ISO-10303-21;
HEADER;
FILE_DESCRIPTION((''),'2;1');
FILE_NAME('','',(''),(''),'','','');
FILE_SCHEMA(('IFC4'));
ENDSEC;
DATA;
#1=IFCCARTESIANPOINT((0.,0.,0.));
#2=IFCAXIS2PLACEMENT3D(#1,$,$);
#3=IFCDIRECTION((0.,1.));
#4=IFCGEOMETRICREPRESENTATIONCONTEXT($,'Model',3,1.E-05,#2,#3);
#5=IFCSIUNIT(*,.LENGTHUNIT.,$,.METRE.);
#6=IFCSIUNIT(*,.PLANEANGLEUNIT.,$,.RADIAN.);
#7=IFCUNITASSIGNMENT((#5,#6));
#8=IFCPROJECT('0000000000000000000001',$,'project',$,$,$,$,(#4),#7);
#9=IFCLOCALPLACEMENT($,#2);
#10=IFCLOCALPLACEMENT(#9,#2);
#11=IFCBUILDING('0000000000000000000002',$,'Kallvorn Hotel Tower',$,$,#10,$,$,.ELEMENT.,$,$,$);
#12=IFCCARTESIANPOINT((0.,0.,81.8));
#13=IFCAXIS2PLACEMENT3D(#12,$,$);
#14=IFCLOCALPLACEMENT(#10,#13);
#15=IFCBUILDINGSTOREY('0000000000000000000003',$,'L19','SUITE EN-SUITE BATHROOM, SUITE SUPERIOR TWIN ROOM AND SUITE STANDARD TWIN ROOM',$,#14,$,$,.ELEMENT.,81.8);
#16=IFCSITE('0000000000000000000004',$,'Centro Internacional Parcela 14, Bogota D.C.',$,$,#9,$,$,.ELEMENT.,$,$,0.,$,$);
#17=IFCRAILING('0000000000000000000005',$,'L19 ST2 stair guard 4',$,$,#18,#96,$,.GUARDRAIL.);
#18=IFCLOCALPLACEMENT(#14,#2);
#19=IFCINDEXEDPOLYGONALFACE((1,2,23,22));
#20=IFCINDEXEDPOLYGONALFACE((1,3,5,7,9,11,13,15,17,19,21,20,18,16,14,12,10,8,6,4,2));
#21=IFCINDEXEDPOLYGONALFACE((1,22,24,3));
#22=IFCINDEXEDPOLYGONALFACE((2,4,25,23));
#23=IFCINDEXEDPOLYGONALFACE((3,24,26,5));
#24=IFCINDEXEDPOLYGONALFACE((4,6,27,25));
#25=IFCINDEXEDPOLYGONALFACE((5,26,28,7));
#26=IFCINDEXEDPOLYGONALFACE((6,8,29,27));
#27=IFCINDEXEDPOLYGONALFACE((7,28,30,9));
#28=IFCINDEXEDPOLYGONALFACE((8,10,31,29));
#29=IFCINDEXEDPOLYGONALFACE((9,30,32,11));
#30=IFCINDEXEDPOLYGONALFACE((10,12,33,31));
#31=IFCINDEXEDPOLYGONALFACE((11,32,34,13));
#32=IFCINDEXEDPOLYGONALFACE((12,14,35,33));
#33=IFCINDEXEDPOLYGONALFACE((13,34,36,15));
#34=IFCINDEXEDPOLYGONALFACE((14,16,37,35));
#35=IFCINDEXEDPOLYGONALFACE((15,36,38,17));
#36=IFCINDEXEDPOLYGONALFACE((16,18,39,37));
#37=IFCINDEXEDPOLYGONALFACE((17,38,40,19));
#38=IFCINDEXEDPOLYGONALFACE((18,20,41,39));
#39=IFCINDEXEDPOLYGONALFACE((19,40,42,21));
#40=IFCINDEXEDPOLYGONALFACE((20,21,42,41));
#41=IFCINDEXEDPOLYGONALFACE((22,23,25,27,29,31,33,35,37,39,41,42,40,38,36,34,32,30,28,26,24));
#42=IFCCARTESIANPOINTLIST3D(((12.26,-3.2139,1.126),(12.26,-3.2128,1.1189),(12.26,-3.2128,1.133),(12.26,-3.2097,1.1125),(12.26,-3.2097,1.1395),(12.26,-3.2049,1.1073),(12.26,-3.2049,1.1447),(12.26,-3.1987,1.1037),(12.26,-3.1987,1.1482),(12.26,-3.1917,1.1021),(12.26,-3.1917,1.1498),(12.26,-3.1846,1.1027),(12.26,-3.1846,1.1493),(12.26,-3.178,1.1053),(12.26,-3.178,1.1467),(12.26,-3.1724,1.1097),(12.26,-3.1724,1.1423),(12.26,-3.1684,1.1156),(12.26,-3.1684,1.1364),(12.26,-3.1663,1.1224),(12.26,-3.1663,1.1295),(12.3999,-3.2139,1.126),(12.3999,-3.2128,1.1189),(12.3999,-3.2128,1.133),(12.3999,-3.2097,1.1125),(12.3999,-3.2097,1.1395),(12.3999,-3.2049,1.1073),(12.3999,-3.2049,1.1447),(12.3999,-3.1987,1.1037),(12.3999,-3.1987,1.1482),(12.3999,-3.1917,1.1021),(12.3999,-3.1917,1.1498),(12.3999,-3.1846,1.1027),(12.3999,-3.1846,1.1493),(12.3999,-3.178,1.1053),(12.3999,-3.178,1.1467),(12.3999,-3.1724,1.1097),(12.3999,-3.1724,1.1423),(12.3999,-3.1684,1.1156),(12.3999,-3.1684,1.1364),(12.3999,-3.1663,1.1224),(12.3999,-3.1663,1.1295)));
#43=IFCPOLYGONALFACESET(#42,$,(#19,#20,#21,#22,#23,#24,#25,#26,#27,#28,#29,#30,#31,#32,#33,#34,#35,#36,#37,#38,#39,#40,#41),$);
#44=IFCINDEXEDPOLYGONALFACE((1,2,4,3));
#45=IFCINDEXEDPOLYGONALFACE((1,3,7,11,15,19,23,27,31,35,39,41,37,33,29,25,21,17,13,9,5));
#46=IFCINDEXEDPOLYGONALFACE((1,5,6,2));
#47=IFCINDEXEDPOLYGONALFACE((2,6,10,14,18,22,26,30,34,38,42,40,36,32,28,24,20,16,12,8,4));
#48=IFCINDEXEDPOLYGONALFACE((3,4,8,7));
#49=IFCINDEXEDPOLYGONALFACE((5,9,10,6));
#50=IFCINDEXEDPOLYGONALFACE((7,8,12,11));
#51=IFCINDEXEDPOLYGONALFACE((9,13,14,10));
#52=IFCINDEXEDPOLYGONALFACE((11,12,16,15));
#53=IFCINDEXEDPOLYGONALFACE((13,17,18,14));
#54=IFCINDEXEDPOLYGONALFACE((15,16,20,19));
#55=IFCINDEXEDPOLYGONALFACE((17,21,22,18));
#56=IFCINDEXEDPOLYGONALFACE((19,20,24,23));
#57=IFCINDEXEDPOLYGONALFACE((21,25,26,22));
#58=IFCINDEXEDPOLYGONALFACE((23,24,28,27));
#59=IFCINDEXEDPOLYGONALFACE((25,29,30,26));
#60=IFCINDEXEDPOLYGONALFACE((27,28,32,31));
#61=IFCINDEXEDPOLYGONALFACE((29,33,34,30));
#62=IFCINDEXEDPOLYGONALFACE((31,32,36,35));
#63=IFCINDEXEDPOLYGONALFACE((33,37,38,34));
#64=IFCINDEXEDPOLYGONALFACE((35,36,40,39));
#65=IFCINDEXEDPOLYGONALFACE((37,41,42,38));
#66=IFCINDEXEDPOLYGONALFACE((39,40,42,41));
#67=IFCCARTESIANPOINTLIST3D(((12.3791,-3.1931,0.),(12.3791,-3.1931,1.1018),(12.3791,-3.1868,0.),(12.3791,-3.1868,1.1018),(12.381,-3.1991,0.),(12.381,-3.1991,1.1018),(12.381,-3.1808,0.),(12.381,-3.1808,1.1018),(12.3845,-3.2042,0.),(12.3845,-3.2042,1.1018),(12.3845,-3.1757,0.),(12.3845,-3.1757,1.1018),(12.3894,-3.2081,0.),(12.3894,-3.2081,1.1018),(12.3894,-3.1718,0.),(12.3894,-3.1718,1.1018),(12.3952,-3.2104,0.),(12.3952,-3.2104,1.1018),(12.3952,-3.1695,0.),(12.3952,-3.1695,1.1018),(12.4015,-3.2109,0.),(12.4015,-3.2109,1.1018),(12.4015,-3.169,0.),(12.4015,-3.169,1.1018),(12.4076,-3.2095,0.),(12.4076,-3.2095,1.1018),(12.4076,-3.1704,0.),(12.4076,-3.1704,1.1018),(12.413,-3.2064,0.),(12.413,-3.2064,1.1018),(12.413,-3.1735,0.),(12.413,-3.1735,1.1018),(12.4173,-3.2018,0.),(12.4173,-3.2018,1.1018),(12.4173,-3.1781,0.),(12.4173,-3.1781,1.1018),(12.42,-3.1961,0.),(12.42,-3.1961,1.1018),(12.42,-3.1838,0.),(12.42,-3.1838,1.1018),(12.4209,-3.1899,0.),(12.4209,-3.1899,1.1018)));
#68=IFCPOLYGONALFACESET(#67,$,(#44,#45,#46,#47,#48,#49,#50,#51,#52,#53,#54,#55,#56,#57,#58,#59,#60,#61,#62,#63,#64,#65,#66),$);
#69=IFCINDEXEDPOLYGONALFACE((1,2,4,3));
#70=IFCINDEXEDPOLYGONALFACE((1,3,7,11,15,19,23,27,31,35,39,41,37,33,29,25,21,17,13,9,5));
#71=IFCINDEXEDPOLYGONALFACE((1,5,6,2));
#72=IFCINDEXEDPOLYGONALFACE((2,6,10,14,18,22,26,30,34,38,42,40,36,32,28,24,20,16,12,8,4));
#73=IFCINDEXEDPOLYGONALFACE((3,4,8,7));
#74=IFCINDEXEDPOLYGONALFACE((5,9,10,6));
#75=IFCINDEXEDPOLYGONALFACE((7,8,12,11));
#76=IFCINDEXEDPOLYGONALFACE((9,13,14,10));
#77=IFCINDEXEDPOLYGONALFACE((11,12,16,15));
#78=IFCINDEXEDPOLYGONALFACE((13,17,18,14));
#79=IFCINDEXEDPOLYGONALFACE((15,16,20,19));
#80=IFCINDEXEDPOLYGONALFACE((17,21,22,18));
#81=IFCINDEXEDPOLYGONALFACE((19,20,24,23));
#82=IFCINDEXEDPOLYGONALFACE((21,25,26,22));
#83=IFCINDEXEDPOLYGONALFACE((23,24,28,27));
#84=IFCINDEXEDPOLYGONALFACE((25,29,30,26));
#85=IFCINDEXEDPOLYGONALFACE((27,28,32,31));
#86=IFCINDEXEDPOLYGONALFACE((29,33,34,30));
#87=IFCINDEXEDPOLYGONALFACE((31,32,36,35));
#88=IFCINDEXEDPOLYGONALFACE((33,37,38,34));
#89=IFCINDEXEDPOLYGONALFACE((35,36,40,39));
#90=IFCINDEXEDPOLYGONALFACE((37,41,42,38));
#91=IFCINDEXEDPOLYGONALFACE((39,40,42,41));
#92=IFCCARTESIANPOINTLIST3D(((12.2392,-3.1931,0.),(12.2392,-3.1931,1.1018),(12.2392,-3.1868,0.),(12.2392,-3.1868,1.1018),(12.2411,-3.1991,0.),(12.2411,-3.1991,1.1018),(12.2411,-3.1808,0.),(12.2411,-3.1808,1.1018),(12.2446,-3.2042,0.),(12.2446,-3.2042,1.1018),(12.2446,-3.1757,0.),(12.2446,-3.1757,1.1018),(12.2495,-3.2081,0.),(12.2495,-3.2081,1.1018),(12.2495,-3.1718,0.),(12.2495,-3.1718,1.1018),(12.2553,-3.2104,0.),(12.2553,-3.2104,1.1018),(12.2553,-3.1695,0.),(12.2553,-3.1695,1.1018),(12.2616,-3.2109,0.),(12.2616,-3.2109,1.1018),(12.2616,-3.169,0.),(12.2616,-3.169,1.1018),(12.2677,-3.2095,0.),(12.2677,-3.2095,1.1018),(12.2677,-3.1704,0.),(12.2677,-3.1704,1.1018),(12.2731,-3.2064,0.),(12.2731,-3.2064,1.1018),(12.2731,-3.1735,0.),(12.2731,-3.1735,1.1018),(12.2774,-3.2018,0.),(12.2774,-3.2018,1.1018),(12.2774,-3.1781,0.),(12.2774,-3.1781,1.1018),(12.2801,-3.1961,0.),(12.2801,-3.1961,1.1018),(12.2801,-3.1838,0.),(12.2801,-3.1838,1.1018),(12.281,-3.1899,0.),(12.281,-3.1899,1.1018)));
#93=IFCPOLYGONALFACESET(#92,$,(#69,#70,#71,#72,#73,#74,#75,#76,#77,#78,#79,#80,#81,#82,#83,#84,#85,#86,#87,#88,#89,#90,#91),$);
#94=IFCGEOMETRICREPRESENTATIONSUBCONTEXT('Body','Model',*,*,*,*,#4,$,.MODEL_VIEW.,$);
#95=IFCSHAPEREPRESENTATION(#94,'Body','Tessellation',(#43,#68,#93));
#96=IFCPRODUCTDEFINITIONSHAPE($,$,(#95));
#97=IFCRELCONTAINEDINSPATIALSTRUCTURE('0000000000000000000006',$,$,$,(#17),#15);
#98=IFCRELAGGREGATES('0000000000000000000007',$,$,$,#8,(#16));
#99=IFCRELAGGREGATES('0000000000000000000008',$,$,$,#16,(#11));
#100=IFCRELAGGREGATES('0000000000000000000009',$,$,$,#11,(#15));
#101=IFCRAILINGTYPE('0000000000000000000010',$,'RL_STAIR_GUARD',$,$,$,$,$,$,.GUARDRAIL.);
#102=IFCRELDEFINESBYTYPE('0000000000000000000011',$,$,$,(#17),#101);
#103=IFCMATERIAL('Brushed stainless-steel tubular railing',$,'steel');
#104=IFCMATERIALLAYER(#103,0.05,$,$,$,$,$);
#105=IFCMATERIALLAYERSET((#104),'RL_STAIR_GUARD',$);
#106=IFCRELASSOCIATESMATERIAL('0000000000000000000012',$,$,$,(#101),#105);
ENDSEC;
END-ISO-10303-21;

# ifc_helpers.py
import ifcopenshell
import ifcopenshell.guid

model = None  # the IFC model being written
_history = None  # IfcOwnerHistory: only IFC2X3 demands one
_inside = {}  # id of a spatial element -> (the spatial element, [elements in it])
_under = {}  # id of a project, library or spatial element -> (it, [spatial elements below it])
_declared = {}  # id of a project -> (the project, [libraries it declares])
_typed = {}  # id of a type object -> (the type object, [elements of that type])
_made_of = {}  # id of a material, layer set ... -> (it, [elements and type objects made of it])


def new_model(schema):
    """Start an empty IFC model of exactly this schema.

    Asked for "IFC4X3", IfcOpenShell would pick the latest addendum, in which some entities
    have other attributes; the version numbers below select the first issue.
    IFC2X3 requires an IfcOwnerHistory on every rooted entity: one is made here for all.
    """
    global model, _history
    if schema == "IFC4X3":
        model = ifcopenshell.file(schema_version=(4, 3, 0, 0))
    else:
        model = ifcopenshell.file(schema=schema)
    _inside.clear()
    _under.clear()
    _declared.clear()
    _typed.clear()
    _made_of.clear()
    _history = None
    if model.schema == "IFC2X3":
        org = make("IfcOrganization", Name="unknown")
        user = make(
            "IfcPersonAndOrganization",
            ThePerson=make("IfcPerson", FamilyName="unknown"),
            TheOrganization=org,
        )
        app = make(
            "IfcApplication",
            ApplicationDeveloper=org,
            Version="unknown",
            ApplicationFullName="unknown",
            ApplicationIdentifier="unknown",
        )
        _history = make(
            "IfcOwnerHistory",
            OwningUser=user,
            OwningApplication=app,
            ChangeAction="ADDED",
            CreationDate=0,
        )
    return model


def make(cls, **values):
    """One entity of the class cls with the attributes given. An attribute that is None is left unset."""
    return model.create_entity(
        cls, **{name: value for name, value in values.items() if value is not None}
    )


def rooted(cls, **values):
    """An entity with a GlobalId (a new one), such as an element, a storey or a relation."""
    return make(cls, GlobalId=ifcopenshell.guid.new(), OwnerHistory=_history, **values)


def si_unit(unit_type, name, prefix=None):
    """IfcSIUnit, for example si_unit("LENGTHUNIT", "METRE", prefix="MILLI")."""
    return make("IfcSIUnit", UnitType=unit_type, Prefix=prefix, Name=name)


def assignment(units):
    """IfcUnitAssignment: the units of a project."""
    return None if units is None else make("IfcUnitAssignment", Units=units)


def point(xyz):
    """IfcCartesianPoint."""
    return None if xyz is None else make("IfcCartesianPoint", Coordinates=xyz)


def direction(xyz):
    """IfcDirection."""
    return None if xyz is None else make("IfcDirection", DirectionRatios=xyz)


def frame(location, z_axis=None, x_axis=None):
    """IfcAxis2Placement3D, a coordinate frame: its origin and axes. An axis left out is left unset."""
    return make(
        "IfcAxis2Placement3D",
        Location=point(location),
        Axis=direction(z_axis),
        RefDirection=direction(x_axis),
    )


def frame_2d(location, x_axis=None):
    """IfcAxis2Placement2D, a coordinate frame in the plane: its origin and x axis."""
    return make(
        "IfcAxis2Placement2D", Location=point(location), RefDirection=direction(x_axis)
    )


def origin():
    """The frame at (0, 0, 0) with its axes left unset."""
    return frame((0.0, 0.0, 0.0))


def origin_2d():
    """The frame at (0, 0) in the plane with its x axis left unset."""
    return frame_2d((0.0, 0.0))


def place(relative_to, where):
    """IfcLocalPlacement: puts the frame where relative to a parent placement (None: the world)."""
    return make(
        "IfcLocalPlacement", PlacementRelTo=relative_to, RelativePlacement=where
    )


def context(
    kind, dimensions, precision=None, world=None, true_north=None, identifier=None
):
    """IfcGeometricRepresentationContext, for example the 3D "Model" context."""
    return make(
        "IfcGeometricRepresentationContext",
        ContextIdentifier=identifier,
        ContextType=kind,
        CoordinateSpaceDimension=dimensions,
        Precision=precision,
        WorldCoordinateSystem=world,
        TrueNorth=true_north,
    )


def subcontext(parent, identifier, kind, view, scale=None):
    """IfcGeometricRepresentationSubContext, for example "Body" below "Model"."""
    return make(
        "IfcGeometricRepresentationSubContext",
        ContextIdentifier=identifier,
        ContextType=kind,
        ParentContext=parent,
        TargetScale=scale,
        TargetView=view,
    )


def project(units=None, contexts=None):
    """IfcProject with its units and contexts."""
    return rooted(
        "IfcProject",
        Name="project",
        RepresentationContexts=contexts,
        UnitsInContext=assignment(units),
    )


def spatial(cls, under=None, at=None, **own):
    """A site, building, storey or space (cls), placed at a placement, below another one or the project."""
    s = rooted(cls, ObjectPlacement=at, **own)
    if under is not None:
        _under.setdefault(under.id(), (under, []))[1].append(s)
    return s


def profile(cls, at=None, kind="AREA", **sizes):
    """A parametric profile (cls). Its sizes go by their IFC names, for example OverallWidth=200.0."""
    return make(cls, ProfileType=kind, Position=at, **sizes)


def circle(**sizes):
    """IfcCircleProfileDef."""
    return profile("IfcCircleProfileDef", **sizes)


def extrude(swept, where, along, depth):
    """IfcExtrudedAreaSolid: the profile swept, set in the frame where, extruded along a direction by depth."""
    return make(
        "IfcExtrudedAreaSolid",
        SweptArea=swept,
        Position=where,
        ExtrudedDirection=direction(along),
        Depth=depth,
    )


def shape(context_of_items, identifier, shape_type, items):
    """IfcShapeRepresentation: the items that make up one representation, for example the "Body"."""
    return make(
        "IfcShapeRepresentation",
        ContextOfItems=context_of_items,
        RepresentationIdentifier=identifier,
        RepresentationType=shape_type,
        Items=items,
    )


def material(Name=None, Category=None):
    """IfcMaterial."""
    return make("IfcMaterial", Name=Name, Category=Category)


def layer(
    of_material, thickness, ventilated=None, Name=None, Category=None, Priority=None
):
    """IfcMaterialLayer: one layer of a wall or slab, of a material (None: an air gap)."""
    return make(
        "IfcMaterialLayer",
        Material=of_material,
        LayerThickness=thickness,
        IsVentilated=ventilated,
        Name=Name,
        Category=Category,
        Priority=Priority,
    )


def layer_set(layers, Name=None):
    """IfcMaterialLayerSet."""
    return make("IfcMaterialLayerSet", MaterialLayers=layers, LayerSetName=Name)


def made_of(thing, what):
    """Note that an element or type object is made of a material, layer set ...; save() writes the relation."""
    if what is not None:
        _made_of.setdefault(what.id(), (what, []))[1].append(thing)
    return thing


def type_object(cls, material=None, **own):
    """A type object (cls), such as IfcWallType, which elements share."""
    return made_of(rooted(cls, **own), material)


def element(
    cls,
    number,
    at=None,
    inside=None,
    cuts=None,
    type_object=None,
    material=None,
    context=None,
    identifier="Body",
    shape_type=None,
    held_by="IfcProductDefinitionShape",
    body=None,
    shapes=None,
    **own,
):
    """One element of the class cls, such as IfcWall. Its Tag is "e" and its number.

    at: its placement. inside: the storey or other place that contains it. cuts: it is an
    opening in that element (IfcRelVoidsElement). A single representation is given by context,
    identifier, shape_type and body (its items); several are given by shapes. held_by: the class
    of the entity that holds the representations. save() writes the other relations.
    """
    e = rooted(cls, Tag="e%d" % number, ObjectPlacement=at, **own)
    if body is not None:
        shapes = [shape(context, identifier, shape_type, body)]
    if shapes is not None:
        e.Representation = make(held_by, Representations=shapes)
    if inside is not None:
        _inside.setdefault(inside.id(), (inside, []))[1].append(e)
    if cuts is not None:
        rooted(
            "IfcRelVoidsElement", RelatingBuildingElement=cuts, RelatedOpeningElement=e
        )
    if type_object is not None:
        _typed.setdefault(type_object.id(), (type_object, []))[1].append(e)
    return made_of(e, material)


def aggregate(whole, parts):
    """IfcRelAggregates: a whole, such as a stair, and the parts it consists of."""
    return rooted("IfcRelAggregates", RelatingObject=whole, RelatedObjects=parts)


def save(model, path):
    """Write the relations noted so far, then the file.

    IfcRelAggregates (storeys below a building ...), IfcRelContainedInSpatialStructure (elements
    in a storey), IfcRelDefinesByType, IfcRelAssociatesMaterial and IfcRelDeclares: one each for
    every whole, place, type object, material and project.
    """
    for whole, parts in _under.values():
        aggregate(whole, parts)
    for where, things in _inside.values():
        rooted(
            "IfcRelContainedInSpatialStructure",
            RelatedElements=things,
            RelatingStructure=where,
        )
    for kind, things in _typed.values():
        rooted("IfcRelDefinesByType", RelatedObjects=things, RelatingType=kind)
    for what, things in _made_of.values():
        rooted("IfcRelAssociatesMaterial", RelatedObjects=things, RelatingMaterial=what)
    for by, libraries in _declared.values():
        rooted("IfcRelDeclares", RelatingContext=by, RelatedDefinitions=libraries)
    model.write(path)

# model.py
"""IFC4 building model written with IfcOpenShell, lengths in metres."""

from ifc_helpers import new_model, si_unit, direction, frame, origin, origin_2d, place, context, subcontext, project, spatial, circle, extrude, material, layer, layer_set, type_object, element, save


model = new_model("IFC4")

# Units and contexts
model_context = context("Model", 3, precision=1e-05, world=origin(), true_north=direction((0.0, 1.0)))
body_context = subcontext(model_context, "Body", "Model", "MODEL_VIEW")
ifc_project = project(units=[si_unit("LENGTHUNIT", "METRE"), si_unit("PLANEANGLEUNIT", "RADIAN")], contexts=[model_context])

# Site, building, storey
site_placement = place(None, origin())
site = spatial("IfcSite", under=ifc_project, at=site_placement, Name="Centro Internacional Parcela 14, Bogota D.C.", CompositionType="ELEMENT", RefElevation=0.0)
building_placement = place(site_placement, origin())
building = spatial("IfcBuilding", under=site, at=building_placement, Name="Kallvorn Hotel Tower", CompositionType="ELEMENT")
storey_placement = place(building_placement, frame((0.0, 0.0, 81.8)))
storey = spatial("IfcBuildingStorey", under=building, at=storey_placement, Name="L19", Description="SUITE EN-SUITE BATHROOM, SUITE SUPERIOR TWIN ROOM AND SUITE STANDARD TWIN ROOM", CompositionType="ELEMENT", Elevation=81.8)

# Railing
ifc_material_1 = material(Name="Brushed stainless-steel tubular railing", Category="steel")
ifc_layer_1 = layer(ifc_material_1, 0.05)
ifc_layer_set_1 = layer_set([ifc_layer_1], Name="RL_STAIR_GUARD")
railing_type = type_object("IfcRailingType", Name="RL_STAIR_GUARD", PredefinedType="GUARDRAIL", material=ifc_layer_set_1)
railing_1_placement = place(storey_placement, frame((12.3999, -3.1899, 0.0)))
element("IfcRailing", 1, at=railing_1_placement, inside=storey, type_object=railing_type, Name="L19 ST2 stair guard 4", PredefinedType="GUARDRAIL", context=body_context, shape_type="SweptSolid", body=[
    extrude(circle(Radius=0.0239, at=origin_2d()), frame((0.0, 0.0, 1.126), z_axis=(-1.0, 0.0, 0.0), x_axis=(0.0, -1.0, 0.0)), (0.0, 0.0, 1.0), 0.1399),
    extrude(circle(Radius=0.021, at=origin_2d()), origin(), (0.0, 0.0, 1.0), 1.1018),
    extrude(circle(Radius=0.021, at=origin_2d()), frame((-0.1399, 0.0, 0.0)), (0.0, 0.0, 1.0), 1.1018),
])

save(model, "model.ifc")
